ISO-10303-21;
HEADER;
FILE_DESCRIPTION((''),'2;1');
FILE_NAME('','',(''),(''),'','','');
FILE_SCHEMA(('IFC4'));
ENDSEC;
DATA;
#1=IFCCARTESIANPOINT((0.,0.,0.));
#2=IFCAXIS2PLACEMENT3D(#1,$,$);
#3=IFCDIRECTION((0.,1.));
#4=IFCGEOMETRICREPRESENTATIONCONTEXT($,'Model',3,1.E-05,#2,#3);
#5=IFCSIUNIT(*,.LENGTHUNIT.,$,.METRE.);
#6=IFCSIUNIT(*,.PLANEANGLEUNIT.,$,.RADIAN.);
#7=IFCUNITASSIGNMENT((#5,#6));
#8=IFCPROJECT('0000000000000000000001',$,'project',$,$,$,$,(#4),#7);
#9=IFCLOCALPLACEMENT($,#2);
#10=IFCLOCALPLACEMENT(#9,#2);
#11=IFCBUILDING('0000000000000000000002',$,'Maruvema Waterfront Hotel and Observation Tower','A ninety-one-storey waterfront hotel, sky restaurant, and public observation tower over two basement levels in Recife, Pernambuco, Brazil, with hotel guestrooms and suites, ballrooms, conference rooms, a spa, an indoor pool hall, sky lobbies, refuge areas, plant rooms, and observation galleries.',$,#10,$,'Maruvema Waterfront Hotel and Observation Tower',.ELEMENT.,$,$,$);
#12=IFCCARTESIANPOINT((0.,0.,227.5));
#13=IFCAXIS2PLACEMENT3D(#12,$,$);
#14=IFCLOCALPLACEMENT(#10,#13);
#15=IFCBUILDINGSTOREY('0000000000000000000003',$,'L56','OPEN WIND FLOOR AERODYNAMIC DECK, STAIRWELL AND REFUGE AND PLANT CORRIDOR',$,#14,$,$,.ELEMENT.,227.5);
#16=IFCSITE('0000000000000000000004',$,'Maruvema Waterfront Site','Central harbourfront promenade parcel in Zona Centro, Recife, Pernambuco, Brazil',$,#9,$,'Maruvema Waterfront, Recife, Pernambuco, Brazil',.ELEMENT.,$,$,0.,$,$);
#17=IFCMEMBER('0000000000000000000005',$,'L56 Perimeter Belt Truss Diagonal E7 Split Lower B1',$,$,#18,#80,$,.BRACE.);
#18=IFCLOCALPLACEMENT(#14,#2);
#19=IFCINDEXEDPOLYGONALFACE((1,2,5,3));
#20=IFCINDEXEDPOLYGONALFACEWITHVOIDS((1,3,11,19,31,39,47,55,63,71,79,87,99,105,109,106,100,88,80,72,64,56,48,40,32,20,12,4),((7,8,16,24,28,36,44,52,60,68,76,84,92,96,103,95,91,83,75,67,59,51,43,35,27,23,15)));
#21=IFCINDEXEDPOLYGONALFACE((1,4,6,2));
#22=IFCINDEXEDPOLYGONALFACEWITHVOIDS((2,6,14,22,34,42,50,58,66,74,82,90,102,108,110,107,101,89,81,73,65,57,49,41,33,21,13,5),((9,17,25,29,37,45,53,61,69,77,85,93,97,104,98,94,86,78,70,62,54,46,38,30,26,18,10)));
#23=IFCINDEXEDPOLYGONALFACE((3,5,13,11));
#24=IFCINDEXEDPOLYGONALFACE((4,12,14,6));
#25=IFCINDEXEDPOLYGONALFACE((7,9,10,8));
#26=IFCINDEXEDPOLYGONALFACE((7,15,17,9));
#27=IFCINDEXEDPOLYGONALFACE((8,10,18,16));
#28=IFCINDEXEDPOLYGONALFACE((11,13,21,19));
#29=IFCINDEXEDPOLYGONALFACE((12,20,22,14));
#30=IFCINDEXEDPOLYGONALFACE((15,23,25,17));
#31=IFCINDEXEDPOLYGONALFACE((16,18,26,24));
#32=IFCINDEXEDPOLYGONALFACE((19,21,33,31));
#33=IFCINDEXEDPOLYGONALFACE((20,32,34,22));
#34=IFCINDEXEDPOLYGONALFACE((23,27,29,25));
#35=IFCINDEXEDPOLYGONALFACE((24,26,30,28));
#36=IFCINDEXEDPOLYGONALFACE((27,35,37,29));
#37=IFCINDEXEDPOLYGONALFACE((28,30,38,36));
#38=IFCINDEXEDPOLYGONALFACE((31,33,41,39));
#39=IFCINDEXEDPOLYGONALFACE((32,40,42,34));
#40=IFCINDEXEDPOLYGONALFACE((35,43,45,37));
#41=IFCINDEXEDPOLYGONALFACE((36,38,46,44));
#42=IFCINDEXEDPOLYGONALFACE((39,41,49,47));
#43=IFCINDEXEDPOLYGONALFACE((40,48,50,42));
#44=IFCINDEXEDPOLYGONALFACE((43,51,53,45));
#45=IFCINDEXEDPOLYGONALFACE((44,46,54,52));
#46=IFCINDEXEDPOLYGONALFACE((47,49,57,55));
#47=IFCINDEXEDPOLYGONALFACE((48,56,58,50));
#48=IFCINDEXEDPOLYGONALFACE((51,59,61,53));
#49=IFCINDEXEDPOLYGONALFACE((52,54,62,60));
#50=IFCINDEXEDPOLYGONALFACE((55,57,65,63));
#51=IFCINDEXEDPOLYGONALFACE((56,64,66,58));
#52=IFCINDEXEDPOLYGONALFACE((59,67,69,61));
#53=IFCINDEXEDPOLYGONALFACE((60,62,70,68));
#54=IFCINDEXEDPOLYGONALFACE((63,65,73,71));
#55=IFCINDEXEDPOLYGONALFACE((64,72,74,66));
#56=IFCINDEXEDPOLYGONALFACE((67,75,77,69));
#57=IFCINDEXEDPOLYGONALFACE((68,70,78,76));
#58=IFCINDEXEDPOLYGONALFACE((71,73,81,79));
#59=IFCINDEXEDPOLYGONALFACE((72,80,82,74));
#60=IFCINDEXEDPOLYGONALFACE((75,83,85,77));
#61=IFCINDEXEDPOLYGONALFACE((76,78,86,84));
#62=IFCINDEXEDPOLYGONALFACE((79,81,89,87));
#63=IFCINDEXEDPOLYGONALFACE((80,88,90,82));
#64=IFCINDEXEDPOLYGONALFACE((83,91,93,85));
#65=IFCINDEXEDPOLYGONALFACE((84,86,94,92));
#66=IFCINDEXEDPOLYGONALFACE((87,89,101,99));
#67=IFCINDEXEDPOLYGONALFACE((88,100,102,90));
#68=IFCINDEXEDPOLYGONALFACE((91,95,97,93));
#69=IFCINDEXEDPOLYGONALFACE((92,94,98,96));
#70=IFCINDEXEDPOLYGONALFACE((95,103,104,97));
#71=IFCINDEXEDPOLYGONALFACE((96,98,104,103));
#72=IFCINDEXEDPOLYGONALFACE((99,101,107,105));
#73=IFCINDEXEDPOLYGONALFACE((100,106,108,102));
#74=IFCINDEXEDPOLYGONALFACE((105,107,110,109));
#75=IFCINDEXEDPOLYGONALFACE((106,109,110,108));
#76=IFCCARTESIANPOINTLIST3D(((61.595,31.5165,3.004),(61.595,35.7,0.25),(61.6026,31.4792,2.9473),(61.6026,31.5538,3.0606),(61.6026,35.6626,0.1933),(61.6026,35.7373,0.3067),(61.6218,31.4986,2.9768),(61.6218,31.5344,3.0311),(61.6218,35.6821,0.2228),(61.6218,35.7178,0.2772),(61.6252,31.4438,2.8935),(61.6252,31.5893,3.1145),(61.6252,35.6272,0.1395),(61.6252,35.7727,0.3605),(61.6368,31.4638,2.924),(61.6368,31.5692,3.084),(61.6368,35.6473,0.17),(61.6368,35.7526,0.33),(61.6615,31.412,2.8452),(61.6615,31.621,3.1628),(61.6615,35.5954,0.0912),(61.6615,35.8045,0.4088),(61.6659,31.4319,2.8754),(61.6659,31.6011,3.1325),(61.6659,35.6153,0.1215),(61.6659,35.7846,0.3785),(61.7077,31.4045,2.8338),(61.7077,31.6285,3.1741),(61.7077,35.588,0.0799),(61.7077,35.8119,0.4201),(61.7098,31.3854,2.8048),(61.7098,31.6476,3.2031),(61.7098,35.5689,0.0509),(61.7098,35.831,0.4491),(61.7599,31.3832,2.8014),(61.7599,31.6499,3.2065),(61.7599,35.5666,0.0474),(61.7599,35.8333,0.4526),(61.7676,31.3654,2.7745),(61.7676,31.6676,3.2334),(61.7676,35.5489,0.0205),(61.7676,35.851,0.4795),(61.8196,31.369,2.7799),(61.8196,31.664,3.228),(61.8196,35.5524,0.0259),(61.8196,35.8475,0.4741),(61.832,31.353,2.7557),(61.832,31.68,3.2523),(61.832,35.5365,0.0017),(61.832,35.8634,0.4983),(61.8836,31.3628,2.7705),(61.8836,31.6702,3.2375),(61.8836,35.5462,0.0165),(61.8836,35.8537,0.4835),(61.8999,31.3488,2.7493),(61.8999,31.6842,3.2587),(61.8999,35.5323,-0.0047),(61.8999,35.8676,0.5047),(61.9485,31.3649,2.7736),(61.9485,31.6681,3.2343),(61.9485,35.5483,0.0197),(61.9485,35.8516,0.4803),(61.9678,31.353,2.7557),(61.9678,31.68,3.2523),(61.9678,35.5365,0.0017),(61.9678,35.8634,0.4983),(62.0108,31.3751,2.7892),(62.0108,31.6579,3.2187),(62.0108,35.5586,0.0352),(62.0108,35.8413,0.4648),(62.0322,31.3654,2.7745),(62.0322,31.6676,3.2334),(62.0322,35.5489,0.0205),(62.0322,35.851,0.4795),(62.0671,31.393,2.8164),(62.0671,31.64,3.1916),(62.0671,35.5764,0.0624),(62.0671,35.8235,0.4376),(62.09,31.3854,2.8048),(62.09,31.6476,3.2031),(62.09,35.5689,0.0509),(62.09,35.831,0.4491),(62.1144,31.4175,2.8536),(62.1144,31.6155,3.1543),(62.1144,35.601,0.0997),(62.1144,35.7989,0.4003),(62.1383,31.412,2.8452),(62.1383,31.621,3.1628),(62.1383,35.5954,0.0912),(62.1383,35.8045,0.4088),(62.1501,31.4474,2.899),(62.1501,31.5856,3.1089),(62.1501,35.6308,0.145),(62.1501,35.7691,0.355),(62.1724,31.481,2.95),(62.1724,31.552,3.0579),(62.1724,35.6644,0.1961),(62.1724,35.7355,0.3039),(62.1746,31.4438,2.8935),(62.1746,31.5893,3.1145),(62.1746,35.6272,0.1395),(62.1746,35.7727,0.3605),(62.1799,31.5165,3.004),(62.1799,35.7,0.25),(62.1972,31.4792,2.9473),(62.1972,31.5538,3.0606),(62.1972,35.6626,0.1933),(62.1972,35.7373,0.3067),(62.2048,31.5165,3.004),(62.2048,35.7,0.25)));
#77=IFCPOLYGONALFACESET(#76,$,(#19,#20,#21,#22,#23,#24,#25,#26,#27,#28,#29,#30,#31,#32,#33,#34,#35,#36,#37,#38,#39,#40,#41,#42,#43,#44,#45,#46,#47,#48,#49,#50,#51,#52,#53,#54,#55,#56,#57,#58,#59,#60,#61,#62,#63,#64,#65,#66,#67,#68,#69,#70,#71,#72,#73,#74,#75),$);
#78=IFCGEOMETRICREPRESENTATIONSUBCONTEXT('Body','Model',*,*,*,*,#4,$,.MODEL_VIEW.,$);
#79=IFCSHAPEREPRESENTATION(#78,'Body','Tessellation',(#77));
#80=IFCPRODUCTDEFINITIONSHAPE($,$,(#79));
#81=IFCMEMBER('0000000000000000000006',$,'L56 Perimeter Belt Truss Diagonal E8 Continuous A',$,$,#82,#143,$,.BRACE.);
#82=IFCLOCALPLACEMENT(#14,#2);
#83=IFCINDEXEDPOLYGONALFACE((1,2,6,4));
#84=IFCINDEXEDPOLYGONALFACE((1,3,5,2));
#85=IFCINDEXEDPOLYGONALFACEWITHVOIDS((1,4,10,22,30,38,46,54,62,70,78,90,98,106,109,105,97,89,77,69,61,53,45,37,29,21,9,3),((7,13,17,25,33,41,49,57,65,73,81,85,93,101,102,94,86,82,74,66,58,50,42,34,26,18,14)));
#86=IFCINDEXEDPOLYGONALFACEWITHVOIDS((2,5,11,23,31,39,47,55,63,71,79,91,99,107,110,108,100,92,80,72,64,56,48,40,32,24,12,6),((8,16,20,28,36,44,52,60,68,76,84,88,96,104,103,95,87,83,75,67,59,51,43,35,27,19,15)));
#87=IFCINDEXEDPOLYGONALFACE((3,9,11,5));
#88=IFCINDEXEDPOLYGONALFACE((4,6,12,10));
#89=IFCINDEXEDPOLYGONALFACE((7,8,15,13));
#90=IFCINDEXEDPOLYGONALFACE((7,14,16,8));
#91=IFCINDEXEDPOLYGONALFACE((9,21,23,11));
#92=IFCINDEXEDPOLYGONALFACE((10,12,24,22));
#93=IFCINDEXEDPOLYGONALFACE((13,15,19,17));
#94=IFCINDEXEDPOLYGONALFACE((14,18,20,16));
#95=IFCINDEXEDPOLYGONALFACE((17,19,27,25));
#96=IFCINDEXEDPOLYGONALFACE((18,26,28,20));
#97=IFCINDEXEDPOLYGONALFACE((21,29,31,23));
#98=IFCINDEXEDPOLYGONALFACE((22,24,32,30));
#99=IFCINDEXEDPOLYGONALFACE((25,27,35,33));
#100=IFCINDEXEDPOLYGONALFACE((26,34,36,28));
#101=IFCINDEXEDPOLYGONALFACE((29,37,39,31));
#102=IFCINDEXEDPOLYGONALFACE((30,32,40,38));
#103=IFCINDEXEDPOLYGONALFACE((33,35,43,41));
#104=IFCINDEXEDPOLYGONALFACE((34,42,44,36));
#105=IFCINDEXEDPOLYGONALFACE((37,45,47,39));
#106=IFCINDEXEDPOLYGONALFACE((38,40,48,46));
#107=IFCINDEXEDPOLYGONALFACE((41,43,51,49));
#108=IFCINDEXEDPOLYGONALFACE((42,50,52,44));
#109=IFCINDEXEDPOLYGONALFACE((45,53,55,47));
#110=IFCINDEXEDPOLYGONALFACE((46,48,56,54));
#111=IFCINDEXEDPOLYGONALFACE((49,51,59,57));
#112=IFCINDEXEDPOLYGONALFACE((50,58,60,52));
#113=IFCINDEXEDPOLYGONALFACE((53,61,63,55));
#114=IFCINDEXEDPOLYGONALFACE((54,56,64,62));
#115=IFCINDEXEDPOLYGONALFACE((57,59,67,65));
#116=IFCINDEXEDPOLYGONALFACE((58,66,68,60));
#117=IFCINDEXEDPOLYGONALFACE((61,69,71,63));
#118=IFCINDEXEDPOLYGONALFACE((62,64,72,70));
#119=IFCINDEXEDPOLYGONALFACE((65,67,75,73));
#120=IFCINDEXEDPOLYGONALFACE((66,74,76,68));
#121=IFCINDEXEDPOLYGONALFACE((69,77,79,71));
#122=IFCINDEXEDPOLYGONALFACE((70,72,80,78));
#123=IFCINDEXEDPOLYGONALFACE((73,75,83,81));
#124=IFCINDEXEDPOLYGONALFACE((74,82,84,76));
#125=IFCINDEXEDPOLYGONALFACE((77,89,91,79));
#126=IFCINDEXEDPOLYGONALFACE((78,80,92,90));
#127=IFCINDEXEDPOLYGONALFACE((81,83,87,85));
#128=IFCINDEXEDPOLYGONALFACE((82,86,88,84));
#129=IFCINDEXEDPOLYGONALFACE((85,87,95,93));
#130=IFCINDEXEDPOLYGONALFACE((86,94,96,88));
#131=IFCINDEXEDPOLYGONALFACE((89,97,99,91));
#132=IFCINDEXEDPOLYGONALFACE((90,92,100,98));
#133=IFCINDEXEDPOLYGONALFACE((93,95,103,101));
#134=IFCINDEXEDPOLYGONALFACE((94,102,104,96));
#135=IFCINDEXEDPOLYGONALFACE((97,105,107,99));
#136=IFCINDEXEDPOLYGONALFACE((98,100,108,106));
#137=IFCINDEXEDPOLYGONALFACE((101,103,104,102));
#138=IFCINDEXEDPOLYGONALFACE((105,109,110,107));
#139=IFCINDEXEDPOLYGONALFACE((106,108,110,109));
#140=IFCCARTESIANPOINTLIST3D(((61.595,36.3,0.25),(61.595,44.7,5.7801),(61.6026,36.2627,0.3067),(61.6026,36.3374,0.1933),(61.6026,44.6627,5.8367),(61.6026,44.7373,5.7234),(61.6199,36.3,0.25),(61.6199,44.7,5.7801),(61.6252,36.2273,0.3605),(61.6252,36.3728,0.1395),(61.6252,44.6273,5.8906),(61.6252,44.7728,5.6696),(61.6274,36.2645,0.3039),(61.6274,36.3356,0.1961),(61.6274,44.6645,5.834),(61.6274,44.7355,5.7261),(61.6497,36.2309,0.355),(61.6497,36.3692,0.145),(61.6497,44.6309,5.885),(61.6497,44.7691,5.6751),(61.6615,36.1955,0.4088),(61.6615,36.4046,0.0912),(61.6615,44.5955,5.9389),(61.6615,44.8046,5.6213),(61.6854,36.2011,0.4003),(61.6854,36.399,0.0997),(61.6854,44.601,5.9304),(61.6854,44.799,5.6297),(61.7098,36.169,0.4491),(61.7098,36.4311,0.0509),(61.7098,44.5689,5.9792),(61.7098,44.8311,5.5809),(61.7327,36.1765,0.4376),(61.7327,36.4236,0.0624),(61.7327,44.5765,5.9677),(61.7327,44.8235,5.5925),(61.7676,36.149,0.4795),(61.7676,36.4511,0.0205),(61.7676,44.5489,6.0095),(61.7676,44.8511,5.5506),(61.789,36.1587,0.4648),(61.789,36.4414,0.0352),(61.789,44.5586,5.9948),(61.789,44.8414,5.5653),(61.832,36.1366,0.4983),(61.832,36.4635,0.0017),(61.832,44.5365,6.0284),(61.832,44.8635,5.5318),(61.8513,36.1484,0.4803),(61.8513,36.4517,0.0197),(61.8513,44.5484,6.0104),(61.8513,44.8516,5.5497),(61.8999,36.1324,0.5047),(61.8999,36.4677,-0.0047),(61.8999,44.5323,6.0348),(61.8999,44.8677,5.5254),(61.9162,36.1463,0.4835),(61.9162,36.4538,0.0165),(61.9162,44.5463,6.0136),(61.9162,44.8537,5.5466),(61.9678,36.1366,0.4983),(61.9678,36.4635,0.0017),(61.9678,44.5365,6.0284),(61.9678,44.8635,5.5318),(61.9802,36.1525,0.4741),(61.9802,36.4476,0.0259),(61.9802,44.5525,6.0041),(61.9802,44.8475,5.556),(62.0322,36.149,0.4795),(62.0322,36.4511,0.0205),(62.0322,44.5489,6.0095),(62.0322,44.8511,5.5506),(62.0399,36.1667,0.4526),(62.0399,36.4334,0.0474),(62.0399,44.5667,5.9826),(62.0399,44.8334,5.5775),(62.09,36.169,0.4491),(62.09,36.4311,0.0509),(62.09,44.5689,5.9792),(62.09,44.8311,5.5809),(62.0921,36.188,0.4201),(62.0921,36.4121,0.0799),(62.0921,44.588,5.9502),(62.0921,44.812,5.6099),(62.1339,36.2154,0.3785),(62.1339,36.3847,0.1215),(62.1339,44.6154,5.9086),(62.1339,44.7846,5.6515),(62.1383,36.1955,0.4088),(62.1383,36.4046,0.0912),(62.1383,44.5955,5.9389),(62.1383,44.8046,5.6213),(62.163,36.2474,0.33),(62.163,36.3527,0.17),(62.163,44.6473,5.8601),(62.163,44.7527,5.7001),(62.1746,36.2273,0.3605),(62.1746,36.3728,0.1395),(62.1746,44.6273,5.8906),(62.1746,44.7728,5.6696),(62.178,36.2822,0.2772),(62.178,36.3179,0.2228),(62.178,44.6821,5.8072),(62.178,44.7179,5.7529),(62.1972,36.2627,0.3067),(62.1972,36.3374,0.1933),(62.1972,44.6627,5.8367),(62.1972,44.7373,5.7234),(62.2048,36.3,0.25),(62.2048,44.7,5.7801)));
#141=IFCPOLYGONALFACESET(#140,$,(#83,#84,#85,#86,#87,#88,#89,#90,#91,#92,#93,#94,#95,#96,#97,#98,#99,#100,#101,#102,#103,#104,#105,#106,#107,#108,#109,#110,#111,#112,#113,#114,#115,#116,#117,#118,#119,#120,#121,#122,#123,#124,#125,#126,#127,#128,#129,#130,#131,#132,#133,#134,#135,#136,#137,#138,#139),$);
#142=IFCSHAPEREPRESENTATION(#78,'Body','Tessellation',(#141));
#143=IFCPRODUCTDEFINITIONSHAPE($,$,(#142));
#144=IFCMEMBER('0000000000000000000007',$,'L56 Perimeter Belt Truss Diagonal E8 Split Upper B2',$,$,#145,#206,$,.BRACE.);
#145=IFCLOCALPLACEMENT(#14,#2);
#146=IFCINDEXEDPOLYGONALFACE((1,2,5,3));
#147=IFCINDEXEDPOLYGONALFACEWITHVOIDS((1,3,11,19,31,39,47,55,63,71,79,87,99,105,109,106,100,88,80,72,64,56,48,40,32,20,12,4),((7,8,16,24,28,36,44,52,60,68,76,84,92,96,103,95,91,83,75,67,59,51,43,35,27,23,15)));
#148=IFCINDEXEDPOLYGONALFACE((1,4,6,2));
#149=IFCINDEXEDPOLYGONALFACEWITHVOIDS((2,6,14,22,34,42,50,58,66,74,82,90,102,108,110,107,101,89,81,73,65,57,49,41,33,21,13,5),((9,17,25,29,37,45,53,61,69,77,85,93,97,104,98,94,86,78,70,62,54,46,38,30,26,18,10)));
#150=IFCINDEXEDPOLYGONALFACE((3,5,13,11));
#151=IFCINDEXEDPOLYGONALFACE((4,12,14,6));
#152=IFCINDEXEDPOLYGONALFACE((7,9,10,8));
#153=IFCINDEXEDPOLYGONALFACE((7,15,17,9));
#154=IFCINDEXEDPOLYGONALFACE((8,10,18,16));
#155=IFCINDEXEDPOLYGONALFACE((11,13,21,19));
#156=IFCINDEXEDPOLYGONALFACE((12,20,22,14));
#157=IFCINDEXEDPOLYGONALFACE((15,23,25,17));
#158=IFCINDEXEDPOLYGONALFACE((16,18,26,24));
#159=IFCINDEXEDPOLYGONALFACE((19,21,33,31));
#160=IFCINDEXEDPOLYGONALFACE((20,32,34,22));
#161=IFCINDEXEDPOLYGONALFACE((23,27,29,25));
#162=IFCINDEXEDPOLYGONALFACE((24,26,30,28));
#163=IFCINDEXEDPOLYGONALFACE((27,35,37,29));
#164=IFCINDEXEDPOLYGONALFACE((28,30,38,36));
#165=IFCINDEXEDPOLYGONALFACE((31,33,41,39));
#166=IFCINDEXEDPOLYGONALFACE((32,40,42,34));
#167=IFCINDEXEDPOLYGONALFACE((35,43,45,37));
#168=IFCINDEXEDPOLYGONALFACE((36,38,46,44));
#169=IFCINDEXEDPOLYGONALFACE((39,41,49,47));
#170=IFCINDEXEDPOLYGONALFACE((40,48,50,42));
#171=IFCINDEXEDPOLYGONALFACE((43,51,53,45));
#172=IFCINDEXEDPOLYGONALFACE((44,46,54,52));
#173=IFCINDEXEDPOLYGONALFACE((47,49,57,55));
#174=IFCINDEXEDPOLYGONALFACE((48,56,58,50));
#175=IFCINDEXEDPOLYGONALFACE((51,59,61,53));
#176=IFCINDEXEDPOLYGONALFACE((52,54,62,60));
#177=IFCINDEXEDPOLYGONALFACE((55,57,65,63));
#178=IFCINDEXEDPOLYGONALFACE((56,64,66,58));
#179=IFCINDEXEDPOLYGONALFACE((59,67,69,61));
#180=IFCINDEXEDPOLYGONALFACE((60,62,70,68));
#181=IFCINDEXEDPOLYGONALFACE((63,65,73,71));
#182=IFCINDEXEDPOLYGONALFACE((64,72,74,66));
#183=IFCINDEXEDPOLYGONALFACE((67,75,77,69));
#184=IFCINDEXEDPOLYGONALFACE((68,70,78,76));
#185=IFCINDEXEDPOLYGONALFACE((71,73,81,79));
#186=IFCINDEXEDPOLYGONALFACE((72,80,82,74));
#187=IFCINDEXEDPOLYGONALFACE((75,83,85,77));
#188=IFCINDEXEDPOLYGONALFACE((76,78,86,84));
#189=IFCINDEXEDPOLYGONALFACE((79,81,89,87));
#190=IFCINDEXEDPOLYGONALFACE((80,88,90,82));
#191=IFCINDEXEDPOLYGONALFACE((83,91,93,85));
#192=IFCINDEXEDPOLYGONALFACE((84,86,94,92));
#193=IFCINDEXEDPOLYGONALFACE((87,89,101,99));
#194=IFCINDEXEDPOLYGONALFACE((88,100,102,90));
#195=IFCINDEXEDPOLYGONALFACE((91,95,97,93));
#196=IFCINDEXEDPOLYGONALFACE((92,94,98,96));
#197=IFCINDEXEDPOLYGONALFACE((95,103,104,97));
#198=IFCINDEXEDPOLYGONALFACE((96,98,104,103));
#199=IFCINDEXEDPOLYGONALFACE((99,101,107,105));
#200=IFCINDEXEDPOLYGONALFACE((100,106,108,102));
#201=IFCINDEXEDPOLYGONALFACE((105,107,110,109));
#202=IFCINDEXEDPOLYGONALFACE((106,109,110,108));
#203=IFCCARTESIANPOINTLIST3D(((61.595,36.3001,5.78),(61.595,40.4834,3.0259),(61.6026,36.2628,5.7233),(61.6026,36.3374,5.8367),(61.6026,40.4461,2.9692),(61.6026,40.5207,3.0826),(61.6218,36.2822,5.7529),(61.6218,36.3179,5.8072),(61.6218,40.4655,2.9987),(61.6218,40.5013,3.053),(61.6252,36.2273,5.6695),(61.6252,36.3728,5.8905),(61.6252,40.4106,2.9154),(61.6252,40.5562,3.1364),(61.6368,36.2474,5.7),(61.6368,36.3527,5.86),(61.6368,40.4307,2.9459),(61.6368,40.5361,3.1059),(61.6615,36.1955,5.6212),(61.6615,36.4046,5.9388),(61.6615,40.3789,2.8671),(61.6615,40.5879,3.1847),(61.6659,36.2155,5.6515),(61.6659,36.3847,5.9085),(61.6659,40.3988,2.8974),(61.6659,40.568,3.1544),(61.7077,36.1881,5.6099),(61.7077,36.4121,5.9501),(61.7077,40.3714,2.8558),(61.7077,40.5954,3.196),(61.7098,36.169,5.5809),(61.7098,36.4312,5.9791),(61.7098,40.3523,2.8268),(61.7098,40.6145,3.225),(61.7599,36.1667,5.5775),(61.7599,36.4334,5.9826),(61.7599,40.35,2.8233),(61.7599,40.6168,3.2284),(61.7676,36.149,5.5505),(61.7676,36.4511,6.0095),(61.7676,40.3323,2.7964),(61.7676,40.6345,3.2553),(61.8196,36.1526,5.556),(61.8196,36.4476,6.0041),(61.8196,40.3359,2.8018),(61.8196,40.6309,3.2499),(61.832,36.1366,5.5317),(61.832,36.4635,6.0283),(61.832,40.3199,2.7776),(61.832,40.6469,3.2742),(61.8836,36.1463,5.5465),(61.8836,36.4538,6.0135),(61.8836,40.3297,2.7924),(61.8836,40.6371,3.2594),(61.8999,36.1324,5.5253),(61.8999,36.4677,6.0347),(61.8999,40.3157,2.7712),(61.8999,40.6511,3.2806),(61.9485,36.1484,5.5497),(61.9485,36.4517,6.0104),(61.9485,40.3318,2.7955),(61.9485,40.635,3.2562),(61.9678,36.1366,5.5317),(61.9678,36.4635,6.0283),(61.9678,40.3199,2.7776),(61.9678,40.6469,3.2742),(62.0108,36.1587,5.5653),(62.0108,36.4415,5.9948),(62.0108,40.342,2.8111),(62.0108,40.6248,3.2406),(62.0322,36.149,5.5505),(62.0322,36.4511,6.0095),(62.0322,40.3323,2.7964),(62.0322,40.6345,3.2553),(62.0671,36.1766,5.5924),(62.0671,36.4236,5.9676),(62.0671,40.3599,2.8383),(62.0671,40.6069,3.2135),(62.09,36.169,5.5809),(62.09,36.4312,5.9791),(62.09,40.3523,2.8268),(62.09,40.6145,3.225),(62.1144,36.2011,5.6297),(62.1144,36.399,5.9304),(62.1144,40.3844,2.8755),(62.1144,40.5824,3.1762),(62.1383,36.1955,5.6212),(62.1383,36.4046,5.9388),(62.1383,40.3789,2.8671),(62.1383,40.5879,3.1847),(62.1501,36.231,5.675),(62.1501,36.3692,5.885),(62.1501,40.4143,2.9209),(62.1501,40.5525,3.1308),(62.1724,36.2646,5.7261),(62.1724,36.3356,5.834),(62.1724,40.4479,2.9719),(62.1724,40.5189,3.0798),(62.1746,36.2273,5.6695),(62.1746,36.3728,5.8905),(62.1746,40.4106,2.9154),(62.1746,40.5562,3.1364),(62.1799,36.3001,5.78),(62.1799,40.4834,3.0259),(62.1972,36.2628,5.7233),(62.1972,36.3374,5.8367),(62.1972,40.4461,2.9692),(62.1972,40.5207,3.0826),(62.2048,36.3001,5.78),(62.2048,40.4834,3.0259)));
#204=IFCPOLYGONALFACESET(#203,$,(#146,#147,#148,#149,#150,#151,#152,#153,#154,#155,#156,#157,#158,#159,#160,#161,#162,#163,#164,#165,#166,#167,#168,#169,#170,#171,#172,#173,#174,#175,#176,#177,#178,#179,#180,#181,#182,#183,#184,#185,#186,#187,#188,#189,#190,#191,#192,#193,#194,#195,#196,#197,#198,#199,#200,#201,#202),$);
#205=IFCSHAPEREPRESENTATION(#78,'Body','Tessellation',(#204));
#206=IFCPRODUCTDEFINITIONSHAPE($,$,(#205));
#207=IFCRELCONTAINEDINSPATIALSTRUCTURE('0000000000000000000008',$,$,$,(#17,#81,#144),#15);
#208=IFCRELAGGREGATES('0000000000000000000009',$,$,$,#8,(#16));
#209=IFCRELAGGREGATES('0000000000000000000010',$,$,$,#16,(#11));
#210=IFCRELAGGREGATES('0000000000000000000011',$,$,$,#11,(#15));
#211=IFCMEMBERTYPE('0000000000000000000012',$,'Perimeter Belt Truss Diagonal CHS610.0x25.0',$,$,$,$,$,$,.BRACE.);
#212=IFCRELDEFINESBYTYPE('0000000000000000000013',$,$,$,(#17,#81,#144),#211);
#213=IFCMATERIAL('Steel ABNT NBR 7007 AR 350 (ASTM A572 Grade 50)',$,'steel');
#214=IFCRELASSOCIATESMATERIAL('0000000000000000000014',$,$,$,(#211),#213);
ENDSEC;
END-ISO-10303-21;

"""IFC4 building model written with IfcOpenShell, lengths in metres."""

from ifc_helpers import new_model, si_unit, direction, frame, origin, origin_2d, place, context, subcontext, project, spatial, hollow_circle, extrude, material, material_profile, profile_set, type_object, element, save


model = new_model("IFC4")

# Units and contexts
model_context = context("Model", 3, precision=1e-05, world=origin(), true_north=direction((0.0, 1.0)))
body_context = subcontext(model_context, "Body", "Model", "MODEL_VIEW")
ifc_project = project(units=[si_unit("LENGTHUNIT", "METRE"), si_unit("PLANEANGLEUNIT", "RADIAN")], contexts=[model_context])

# Site, building, storey
site_placement = place(None, origin())
site = spatial("IfcSite", under=ifc_project, at=site_placement, Name="Maruvema Waterfront Site", Description="Central harbourfront promenade parcel in Zona Centro, Recife, Pernambuco, Brazil", LongName="Maruvema Waterfront, Recife, Pernambuco, Brazil", CompositionType="ELEMENT", RefElevation=0.0)
building_placement = place(site_placement, origin())
building = spatial("IfcBuilding", under=site, at=building_placement, Name="Maruvema Waterfront Hotel and Observation Tower", Description="A ninety-one-storey waterfront hotel, sky restaurant, and public observation tower over two basement levels in Recife, Pernambuco, Brazil, with hotel guestrooms and suites, ballrooms, conference rooms, a spa, an indoor pool hall, sky lobbies, refuge areas, plant rooms, and observation galleries.", LongName="Maruvema Waterfront Hotel and Observation Tower", CompositionType="ELEMENT")
storey_placement = place(building_placement, frame((0.0, 0.0, 227.5)))
storey = spatial("IfcBuildingStorey", under=building, at=storey_placement, Name="L56", Description="OPEN WIND FLOOR AERODYNAMIC DECK, STAIRWELL AND REFUGE AND PLANT CORRIDOR", CompositionType="ELEMENT", Elevation=227.5)

# Members
ifc_material_1 = material(Name="Steel ABNT NBR 7007 AR 350 (ASTM A572 Grade 50)", Category="steel")
ifc_material_profile_1 = material_profile(ifc_material_1, hollow_circle(Radius=0.3049, WallThickness=0.0249, at=origin_2d()), Name="CHS610.0x25.0")
ifc_profile_set_1 = profile_set([ifc_material_profile_1], Name="Steel ABNT NBR 7007 AR 350 (ASTM A572 Grade 50)")
member_type_1 = type_object("IfcMemberType", Name="Perimeter Belt Truss Diagonal CHS610.0x25.0", PredefinedType="BRACE", material=ifc_profile_set_1)
member_1_placement = place(storey_placement, frame((61.8999, 35.7, 0.25), z_axis=(0.0, -0.835261, 0.549854), x_axis=(1.0, 0.0, 0.0)))
element("IfcMember", 1, at=member_1_placement, inside=storey, type_object=member_type_1, Name="L56 Perimeter Belt Truss Diagonal E7 Split Lower B1", PredefinedType="BRACE", context=body_context, shape_type="SweptSolid", body=[
    extrude(hollow_circle(Radius=0.3049, WallThickness=0.0249, at=origin_2d()), origin(), (0.0, 0.0, 1.0), 5.0085),
])
member_2_placement = place(storey_placement, frame((61.8999, 36.3, 0.25), z_axis=(0.0, 0.835245, 0.549879), x_axis=(-1.0, 0.0, 0.0)))
element("IfcMember", 2, at=member_2_placement, inside=storey, type_object=member_type_1, Name="L56 Perimeter Belt Truss Diagonal E8 Continuous A", PredefinedType="BRACE", context=body_context, shape_type="SweptSolid", body=[
    extrude(hollow_circle(Radius=0.3049, WallThickness=0.0249, at=origin_2d()), origin(), (0.0, 0.0, 1.0), 10.0569),
])
member_3_placement = place(storey_placement, frame((61.8999, 40.4834, 3.0259), z_axis=(0.0, -0.835239, 0.549888), x_axis=(1.0, 0.0, 0.0)))
element("IfcMember", 3, at=member_3_placement, inside=storey, type_object=member_type_1, Name="L56 Perimeter Belt Truss Diagonal E8 Split Upper B2", PredefinedType="BRACE", context=body_context, shape_type="SweptSolid", body=[
    extrude(hollow_circle(Radius=0.3049, WallThickness=0.0249, at=origin_2d()), origin(), (0.0, 0.0, 1.0), 5.0085),
])

save(model, "model.ifc")
